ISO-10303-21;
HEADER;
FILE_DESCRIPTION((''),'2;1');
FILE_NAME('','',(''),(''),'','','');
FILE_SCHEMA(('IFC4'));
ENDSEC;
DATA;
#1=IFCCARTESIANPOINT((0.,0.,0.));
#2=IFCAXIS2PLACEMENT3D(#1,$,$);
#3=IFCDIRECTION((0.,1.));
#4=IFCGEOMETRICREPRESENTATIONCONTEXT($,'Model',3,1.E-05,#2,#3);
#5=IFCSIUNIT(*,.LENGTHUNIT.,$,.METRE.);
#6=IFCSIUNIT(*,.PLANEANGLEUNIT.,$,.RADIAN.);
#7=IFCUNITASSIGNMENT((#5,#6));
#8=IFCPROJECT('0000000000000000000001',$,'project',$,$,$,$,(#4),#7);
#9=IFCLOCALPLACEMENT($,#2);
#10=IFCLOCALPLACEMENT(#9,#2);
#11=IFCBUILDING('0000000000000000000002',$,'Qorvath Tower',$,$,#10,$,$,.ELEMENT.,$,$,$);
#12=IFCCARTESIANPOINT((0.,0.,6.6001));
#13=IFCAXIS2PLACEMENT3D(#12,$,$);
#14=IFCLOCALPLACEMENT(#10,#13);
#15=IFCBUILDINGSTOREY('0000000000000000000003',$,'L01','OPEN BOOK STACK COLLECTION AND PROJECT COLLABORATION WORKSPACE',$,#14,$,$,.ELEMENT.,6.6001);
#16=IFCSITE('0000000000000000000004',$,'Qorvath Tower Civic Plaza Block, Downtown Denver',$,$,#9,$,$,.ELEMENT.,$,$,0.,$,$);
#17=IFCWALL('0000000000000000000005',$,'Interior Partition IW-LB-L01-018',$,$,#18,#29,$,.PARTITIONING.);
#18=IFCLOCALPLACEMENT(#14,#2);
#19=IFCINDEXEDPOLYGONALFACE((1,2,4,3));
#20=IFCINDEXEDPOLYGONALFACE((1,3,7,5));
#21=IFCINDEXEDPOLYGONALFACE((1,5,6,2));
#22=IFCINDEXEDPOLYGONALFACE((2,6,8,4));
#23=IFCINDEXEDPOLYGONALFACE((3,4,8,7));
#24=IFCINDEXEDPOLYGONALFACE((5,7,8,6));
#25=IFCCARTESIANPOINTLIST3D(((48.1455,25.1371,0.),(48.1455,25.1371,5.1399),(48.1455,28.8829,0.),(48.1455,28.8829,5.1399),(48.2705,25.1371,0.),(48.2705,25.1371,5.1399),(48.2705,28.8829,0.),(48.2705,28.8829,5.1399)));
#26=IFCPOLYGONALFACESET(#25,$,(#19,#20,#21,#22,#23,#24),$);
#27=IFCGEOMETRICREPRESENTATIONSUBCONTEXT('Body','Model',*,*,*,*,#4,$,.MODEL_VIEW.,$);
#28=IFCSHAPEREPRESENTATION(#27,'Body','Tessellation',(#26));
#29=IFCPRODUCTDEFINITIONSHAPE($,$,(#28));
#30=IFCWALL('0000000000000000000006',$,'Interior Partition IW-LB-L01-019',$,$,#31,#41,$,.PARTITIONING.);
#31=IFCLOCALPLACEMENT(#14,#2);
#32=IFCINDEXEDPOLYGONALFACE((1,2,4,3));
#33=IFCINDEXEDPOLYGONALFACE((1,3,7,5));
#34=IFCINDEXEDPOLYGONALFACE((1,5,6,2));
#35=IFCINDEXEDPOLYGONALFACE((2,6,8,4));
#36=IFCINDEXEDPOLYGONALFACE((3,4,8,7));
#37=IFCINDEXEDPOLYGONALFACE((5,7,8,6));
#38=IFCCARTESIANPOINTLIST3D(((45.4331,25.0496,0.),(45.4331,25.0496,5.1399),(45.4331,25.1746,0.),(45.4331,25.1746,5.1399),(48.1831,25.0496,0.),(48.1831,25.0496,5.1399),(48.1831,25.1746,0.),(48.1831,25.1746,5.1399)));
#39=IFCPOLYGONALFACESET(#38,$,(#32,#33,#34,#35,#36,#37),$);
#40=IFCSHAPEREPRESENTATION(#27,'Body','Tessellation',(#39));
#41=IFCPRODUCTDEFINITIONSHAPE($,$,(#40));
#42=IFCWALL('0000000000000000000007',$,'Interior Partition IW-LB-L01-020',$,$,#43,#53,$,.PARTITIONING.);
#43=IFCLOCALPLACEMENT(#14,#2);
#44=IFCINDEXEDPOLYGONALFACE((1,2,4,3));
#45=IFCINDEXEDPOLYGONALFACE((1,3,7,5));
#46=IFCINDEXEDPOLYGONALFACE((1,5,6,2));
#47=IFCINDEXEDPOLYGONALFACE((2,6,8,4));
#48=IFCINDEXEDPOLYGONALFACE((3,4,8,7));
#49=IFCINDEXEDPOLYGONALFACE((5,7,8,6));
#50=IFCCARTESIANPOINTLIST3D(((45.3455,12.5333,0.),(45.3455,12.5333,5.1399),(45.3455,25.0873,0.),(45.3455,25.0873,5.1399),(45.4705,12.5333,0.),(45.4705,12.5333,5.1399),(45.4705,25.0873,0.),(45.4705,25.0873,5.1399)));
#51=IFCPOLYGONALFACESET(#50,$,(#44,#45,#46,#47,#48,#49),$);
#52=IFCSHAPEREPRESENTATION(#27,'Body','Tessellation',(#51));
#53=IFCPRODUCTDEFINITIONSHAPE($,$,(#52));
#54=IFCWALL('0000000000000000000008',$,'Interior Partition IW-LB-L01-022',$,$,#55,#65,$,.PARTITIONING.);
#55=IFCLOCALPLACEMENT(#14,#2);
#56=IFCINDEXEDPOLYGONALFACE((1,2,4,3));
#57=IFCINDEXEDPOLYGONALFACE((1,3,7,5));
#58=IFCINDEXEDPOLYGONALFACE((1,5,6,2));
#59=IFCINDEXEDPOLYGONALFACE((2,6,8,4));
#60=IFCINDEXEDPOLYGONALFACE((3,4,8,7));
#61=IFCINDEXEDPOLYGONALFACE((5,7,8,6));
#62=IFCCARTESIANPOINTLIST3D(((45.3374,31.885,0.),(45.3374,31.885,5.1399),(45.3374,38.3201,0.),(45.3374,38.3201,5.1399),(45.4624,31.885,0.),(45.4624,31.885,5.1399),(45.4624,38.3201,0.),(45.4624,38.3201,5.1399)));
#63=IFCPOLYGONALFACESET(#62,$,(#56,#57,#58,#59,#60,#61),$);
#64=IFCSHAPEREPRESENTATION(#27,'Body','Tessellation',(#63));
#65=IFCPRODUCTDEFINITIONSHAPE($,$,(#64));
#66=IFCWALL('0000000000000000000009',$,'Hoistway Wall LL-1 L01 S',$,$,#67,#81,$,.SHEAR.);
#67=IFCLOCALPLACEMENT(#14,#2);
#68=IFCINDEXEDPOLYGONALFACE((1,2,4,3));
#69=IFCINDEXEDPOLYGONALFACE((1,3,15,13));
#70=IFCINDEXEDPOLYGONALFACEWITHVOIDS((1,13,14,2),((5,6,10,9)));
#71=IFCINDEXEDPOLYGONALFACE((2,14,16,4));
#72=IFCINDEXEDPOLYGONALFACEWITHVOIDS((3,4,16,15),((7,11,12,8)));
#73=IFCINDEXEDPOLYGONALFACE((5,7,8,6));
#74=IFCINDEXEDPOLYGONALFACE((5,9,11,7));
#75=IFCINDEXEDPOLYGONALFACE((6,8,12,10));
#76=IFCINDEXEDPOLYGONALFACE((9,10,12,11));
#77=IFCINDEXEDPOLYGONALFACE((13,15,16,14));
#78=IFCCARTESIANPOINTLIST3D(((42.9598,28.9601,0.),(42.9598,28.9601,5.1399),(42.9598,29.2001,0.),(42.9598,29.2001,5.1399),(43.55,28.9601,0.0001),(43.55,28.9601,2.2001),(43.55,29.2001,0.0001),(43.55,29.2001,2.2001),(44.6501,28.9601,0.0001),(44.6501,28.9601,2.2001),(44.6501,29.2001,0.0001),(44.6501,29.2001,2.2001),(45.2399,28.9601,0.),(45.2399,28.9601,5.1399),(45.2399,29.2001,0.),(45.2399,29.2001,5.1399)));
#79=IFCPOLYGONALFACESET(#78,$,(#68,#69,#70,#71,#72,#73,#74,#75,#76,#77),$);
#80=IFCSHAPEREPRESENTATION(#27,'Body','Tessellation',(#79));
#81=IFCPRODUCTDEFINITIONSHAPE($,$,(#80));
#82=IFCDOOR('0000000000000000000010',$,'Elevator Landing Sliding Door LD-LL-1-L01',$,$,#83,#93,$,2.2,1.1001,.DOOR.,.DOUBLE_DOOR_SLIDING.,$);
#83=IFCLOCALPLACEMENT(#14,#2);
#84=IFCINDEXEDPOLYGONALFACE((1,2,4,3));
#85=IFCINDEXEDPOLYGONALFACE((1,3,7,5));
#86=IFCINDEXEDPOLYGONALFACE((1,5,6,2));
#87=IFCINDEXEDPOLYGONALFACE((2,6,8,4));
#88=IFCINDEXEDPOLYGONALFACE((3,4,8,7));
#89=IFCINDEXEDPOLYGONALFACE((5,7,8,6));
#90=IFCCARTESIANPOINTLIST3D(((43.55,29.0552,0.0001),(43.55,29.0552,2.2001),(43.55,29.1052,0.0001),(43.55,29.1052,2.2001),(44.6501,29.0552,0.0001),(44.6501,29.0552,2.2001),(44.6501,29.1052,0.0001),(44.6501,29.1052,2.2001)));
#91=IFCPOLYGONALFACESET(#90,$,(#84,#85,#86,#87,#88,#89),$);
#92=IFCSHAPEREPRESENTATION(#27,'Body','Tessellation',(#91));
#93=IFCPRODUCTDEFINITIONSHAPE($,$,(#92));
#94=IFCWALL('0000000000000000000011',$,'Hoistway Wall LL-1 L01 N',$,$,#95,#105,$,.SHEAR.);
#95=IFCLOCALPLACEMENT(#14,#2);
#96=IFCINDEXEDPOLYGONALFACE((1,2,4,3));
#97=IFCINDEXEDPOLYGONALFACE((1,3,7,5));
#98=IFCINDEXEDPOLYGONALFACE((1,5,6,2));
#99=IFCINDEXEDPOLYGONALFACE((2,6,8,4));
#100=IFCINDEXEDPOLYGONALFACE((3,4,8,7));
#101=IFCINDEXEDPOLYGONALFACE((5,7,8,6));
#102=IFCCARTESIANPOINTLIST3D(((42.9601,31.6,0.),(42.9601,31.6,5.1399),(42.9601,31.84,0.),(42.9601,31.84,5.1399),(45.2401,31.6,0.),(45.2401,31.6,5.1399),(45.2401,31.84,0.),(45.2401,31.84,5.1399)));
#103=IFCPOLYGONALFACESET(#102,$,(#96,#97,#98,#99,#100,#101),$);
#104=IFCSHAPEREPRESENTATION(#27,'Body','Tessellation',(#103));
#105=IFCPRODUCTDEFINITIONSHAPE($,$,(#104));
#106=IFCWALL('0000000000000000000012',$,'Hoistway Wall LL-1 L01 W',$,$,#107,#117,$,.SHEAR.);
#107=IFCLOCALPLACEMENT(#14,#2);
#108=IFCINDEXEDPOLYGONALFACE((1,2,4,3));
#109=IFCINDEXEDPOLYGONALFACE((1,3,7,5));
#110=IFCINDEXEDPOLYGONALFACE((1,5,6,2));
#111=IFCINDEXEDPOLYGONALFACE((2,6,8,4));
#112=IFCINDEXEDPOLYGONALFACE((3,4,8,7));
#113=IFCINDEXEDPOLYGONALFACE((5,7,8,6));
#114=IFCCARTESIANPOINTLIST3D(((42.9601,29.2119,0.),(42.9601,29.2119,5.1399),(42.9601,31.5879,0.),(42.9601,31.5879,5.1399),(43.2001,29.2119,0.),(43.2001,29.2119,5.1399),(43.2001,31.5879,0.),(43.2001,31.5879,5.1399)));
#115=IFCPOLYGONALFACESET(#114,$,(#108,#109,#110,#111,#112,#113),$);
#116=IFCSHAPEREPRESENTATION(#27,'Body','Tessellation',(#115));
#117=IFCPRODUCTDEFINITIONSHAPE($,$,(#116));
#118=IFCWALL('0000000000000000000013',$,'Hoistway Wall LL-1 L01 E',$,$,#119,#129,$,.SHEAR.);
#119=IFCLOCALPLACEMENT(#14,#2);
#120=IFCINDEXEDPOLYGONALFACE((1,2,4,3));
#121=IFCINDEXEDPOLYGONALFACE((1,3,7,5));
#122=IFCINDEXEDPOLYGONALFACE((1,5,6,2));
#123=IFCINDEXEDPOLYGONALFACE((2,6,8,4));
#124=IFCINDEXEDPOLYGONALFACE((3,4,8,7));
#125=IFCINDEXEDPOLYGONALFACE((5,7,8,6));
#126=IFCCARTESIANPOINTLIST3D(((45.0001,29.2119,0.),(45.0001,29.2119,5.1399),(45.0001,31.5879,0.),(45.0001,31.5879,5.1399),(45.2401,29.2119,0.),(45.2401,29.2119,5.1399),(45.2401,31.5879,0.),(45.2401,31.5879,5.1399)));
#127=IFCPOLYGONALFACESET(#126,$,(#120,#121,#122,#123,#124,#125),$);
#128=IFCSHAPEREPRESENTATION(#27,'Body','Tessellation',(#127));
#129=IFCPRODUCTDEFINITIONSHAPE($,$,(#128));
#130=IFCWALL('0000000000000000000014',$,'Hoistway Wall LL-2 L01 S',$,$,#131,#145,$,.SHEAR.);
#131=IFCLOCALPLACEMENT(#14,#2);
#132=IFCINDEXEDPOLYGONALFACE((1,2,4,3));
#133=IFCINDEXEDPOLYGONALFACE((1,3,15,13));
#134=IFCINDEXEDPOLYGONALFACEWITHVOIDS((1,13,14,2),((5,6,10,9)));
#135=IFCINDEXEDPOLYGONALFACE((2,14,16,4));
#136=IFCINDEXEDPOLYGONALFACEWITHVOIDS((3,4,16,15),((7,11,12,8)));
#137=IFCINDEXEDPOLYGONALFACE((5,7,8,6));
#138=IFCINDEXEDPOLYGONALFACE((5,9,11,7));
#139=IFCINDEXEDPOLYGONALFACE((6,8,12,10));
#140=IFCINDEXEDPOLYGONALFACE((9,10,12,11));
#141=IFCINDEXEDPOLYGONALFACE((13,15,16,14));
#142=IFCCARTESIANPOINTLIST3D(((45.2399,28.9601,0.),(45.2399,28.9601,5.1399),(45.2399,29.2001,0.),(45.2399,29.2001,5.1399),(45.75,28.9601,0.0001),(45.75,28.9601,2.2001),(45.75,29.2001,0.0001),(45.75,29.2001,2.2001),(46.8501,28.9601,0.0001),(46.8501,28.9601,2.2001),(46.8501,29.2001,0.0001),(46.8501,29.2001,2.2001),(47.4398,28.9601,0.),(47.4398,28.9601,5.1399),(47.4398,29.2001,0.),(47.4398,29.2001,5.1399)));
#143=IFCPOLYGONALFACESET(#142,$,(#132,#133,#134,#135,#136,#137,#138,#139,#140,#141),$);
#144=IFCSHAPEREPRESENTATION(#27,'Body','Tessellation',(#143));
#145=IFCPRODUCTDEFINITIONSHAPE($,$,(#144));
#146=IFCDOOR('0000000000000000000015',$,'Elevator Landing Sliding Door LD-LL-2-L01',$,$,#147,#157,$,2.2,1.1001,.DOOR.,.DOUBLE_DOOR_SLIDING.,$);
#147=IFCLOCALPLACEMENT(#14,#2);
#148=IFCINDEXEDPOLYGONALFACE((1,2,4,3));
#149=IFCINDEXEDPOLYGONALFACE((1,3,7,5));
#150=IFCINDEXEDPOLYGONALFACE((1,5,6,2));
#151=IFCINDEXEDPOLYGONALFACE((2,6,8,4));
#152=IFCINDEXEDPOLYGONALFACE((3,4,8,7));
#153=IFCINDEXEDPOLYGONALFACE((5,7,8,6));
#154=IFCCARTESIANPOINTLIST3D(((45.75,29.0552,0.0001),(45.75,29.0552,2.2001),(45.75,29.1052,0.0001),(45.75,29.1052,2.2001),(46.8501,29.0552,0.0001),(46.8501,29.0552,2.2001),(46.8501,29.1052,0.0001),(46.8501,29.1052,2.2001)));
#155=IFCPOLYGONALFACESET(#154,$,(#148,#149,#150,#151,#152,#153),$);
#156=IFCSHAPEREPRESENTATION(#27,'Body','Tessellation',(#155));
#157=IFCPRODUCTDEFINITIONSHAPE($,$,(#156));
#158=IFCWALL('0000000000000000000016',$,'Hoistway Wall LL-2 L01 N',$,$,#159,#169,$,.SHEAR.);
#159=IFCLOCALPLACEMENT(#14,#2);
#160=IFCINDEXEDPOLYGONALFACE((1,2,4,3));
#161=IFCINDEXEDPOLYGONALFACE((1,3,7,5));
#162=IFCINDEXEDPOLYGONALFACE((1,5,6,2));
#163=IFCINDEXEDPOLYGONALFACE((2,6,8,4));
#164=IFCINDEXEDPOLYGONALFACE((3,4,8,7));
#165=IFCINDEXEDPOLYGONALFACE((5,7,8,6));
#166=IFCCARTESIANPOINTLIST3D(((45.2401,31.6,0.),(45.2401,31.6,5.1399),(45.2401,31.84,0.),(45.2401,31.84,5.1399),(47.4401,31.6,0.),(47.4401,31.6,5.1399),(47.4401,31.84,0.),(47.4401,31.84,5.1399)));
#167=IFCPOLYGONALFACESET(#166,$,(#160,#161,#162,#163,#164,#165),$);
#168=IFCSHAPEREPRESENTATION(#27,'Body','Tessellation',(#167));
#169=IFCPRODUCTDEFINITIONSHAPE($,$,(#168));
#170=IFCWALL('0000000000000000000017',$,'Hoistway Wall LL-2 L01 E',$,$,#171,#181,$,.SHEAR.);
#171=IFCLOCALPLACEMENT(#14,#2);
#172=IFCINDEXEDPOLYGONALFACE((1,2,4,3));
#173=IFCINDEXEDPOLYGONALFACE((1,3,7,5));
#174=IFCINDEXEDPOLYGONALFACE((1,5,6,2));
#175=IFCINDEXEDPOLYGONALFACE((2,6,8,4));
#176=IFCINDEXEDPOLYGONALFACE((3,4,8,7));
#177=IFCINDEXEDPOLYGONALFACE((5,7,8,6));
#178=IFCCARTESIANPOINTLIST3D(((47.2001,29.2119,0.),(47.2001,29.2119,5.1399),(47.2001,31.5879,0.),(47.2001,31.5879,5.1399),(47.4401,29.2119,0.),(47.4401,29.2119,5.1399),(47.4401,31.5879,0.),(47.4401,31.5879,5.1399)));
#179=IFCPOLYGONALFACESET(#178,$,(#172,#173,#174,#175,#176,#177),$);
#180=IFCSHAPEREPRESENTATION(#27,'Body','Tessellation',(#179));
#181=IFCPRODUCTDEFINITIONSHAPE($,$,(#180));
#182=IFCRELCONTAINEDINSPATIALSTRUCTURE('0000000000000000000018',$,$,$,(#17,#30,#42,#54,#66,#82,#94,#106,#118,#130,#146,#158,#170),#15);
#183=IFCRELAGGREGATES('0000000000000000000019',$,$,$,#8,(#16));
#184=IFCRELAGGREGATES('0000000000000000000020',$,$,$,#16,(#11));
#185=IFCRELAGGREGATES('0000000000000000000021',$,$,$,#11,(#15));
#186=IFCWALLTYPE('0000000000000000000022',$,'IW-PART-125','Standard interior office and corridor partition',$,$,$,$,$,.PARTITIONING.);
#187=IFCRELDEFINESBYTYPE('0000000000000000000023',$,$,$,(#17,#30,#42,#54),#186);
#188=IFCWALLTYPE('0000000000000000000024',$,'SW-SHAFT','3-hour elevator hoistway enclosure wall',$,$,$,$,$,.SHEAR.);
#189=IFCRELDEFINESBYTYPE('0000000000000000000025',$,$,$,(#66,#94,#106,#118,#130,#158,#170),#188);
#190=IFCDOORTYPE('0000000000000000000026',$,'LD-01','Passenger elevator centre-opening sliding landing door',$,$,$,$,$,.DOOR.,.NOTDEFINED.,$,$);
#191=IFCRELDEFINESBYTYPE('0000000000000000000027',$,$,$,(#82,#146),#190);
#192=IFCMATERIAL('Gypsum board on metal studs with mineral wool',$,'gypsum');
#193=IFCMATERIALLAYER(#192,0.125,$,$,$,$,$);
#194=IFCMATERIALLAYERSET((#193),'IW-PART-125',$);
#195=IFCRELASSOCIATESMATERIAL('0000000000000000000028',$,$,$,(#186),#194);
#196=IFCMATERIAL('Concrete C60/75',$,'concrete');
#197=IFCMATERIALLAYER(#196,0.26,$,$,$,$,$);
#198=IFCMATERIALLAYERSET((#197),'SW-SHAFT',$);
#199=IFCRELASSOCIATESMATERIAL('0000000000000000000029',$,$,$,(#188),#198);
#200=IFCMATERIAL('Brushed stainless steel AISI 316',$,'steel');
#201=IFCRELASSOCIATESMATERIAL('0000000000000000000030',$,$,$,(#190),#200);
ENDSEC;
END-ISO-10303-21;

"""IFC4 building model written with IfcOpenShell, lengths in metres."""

from ifc_helpers import new_model, si_unit, direction, frame, frame_2d, origin, place, context, subcontext, project, spatial, rectangle, extrude, material, layer, layer_set, type_object, element, fill, save


model = new_model("IFC4")

# Units and contexts
model_context = context("Model", 3, precision=1e-05, world=origin(), true_north=direction((0.0, 1.0)))
body_context = subcontext(model_context, "Body", "Model", "MODEL_VIEW")
ifc_project = project(units=[si_unit("LENGTHUNIT", "METRE"), si_unit("PLANEANGLEUNIT", "RADIAN")], contexts=[model_context])

# Site, building, storey
site_placement = place(None, origin())
site = spatial("IfcSite", under=ifc_project, at=site_placement, Name="Qorvath Tower Civic Plaza Block, Downtown Denver", CompositionType="ELEMENT", RefElevation=0.0)
building_placement = place(site_placement, origin())
building = spatial("IfcBuilding", under=site, at=building_placement, Name="Qorvath Tower", CompositionType="ELEMENT")
storey_placement = place(building_placement, frame((0.0, 0.0, 6.6001)))
storey = spatial("IfcBuildingStorey", under=building, at=storey_placement, Name="L01", Description="OPEN BOOK STACK COLLECTION AND PROJECT COLLABORATION WORKSPACE", CompositionType="ELEMENT", Elevation=6.6001)

# Walls
ifc_material_1 = material(Name="Gypsum board on metal studs with mineral wool", Category="gypsum")
ifc_layer_1 = layer(ifc_material_1, 0.125)
ifc_layer_set_1 = layer_set([ifc_layer_1], Name="IW-PART-125")
wall_type_1 = type_object("IfcWallType", Name="IW-PART-125", Description="Standard interior office and corridor partition", PredefinedType="PARTITIONING", material=ifc_layer_set_1)
wall_1_placement = place(storey_placement, frame((48.208, 28.8831, 0.0), z_axis=(0.0, 0.0, 1.0), x_axis=(0.0, -1.0, 0.0)))
element("IfcWall", 1, at=wall_1_placement, inside=storey, type_object=wall_type_1, Name="Interior Partition IW-LB-L01-018", PredefinedType="PARTITIONING", context=body_context, shape_type="SweptSolid", body=[
    extrude(rectangle(XDim=3.7458, YDim=0.125, at=frame_2d((1.873, 0.0))), origin(), (0.0, 0.0, 1.0), 5.1399),
])
wall_2_placement = place(storey_placement, frame((45.4331, 25.1121, 0.0), z_axis=(0.0, 0.0, 1.0), x_axis=(1.0, 0.0, 0.0)))
element("IfcWall", 2, at=wall_2_placement, inside=storey, type_object=wall_type_1, Name="Interior Partition IW-LB-L01-019", PredefinedType="PARTITIONING", context=body_context, shape_type="SweptSolid", body=[
    extrude(rectangle(XDim=2.75, YDim=0.125, at=frame_2d((1.375, 0.0))), origin(), (0.0, 0.0, 1.0), 5.1399),
])
wall_3_placement = place(storey_placement, frame((45.408, 25.0872, 0.0), z_axis=(0.0, 0.0, 1.0), x_axis=(0.0, -1.0, 0.0)))
element("IfcWall", 3, at=wall_3_placement, inside=storey, type_object=wall_type_1, Name="Interior Partition IW-LB-L01-020", PredefinedType="PARTITIONING", context=body_context, shape_type="SweptSolid", body=[
    extrude(rectangle(XDim=12.554, YDim=0.125, at=frame_2d((6.2769, 0.0))), origin(), (0.0, 0.0, 1.0), 5.1399),
])
wall_4_placement = place(storey_placement, frame((45.3999, 38.3201, 0.0), z_axis=(0.0, 0.0, 1.0), x_axis=(0.0, -1.0, 0.0)))
element("IfcWall", 4, at=wall_4_placement, inside=storey, type_object=wall_type_1, Name="Interior Partition IW-LB-L01-022", PredefinedType="PARTITIONING", context=body_context, shape_type="SweptSolid", body=[
    extrude(rectangle(XDim=6.4351, YDim=0.125, at=frame_2d((3.2175, 0.0))), origin(), (0.0, 0.0, 1.0), 5.1399),
])

# Wall, opening, door
ifc_material_2 = material(Name="Concrete C60/75", Category="concrete")
ifc_layer_2 = layer(ifc_material_2, 0.26)
ifc_layer_set_2 = layer_set([ifc_layer_2], Name="SW-SHAFT")
wall_type_2 = type_object("IfcWallType", Name="SW-SHAFT", Description="3-hour elevator hoistway enclosure wall", PredefinedType="SHEAR", material=ifc_layer_set_2)
wall_5_placement = place(storey_placement, frame((45.24, 29.0801, 0.0), z_axis=(0.0, 0.0, 1.0), x_axis=(-1.0, 0.0, 0.0)))
wall_5 = element("IfcWall", 5, at=wall_5_placement, inside=storey, type_object=wall_type_2, Name="Hoistway Wall LL-1 L01 S", PredefinedType="SHEAR", context=body_context, shape_type="SweptSolid", body=[
    extrude(rectangle(XDim=2.28, YDim=0.24, at=frame_2d((1.1401, 0.0))), origin(), (0.0, 0.0, 1.0), 5.1399),
])
opening_1_placement = place(wall_5_placement, frame((0.5898, 0.0, 0.0)))
opening_1 = element("IfcOpeningElement", 6, at=opening_1_placement, cuts=wall_5, PredefinedType="OPENING", context=body_context, shape_type="SweptSolid", body=[
    extrude(rectangle(XDim=1.1001, YDim=2.2, at=frame_2d((0.55, 1.1001))), frame((0.0, 0.1299, 0.0), z_axis=(0.0, -1.0, 0.0), x_axis=(1.0, 0.0, 0.0)), (0.0, 0.0, 1.0), 0.26),
])
ifc_material_3 = material(Name="Brushed stainless steel AISI 316", Category="steel")
door_type = type_object("IfcDoorType", Name="LD-01", Description="Passenger elevator centre-opening sliding landing door", OperationType="NOTDEFINED", PredefinedType="DOOR", material=ifc_material_3)
door_1_placement = place(opening_1_placement, origin())
door_1 = element("IfcDoor", 7, at=door_1_placement, inside=storey, type_object=door_type, Name="Elevator Landing Sliding Door LD-LL-1-L01", OperationType="DOUBLE_DOOR_SLIDING", OverallHeight=2.2, OverallWidth=1.1001, PredefinedType="DOOR", context=body_context, shape_type="SweptSolid", body=[
    extrude(rectangle(XDim=1.1001, YDim=2.2, at=frame_2d((0.55, 1.1001))), frame((0.0, 0.0249, 0.0), z_axis=(0.0, -1.0, 0.0), x_axis=(1.0, 0.0, 0.0)), (0.0, 0.0, 1.0), 0.05),
])
fill(opening_1, door_1)

# Walls
wall_6_placement = place(storey_placement, frame((42.96, 31.72, 0.0), z_axis=(0.0, 0.0, 1.0), x_axis=(1.0, 0.0, 0.0)))
element("IfcWall", 8, at=wall_6_placement, inside=storey, type_object=wall_type_2, Name="Hoistway Wall LL-1 L01 N", PredefinedType="SHEAR", context=body_context, shape_type="SweptSolid", body=[
    extrude(rectangle(XDim=2.28, YDim=0.24, at=frame_2d((1.1401, 0.0))), origin(), (0.0, 0.0, 1.0), 5.1399),
])
for number, where, z_axis, x_axis, name in (
    (9, (43.0801, 29.2119, 0.0), (0.0, 0.0, 1.0), (0.0, 1.0, 0.0), "Hoistway Wall LL-1 L01 W"),
    (10, (45.1201, 31.5879, 0.0), (0.0, 0.0, 1.0), (0.0, -1.0, 0.0), "Hoistway Wall LL-1 L01 E"),
):
    element("IfcWall", number, at=place(storey_placement, frame(where, z_axis=z_axis, x_axis=x_axis)), inside=storey, type_object=wall_type_2, Name=name, PredefinedType="SHEAR", context=body_context, shape_type="SweptSolid", body=[
        extrude(rectangle(XDim=2.376, YDim=0.24, at=frame_2d((1.188, 0.0))), origin(), (0.0, 0.0, 1.0), 5.1399),
    ])

# Wall, opening, door
wall_7_placement = place(storey_placement, frame((47.4399, 29.0801, 0.0), z_axis=(0.0, 0.0, 1.0), x_axis=(-1.0, 0.0, 0.0)))
wall_7 = element("IfcWall", 11, at=wall_7_placement, inside=storey, type_object=wall_type_2, Name="Hoistway Wall LL-2 L01 S", PredefinedType="SHEAR", context=body_context, shape_type="SweptSolid", body=[
    extrude(rectangle(XDim=2.2, YDim=0.24, at=frame_2d((1.1001, 0.0))), origin(), (0.0, 0.0, 1.0), 5.1399),
])
opening_2_placement = place(wall_7_placement, frame((0.5898, 0.0, 0.0)))
opening_2 = element("IfcOpeningElement", 12, at=opening_2_placement, cuts=wall_7, PredefinedType="OPENING", context=body_context, shape_type="SweptSolid", body=[
    extrude(rectangle(XDim=1.1001, YDim=2.2, at=frame_2d((0.55, 1.1001))), frame((0.0, 0.1299, 0.0), z_axis=(0.0, -1.0, 0.0), x_axis=(1.0, 0.0, 0.0)), (0.0, 0.0, 1.0), 0.26),
])
door_2_placement = place(opening_2_placement, origin())
door_2 = element("IfcDoor", 13, at=door_2_placement, inside=storey, type_object=door_type, Name="Elevator Landing Sliding Door LD-LL-2-L01", OperationType="DOUBLE_DOOR_SLIDING", OverallHeight=2.2, OverallWidth=1.1001, PredefinedType="DOOR", context=body_context, shape_type="SweptSolid", body=[
    extrude(rectangle(XDim=1.1001, YDim=2.2, at=frame_2d((0.55, 1.1001))), frame((0.0, 0.0249, 0.0), z_axis=(0.0, -1.0, 0.0), x_axis=(1.0, 0.0, 0.0)), (0.0, 0.0, 1.0), 0.05),
])
fill(opening_2, door_2)

# Walls
wall_8_placement = place(storey_placement, frame((45.24, 31.72, 0.0), z_axis=(0.0, 0.0, 1.0), x_axis=(1.0, 0.0, 0.0)))
element("IfcWall", 14, at=wall_8_placement, inside=storey, type_object=wall_type_2, Name="Hoistway Wall LL-2 L01 N", PredefinedType="SHEAR", context=body_context, shape_type="SweptSolid", body=[
    extrude(rectangle(XDim=2.2, YDim=0.24, at=frame_2d((1.1001, 0.0))), origin(), (0.0, 0.0, 1.0), 5.1399),
])
wall_9_placement = place(storey_placement, frame((47.3201, 31.5879, 0.0), z_axis=(0.0, 0.0, 1.0), x_axis=(0.0, -1.0, 0.0)))
element("IfcWall", 15, at=wall_9_placement, inside=storey, type_object=wall_type_2, Name="Hoistway Wall LL-2 L01 E", PredefinedType="SHEAR", context=body_context, shape_type="SweptSolid", body=[
    extrude(rectangle(XDim=2.376, YDim=0.24, at=frame_2d((1.188, 0.0))), origin(), (0.0, 0.0, 1.0), 5.1399),
])

save(model, "model.ifc")
